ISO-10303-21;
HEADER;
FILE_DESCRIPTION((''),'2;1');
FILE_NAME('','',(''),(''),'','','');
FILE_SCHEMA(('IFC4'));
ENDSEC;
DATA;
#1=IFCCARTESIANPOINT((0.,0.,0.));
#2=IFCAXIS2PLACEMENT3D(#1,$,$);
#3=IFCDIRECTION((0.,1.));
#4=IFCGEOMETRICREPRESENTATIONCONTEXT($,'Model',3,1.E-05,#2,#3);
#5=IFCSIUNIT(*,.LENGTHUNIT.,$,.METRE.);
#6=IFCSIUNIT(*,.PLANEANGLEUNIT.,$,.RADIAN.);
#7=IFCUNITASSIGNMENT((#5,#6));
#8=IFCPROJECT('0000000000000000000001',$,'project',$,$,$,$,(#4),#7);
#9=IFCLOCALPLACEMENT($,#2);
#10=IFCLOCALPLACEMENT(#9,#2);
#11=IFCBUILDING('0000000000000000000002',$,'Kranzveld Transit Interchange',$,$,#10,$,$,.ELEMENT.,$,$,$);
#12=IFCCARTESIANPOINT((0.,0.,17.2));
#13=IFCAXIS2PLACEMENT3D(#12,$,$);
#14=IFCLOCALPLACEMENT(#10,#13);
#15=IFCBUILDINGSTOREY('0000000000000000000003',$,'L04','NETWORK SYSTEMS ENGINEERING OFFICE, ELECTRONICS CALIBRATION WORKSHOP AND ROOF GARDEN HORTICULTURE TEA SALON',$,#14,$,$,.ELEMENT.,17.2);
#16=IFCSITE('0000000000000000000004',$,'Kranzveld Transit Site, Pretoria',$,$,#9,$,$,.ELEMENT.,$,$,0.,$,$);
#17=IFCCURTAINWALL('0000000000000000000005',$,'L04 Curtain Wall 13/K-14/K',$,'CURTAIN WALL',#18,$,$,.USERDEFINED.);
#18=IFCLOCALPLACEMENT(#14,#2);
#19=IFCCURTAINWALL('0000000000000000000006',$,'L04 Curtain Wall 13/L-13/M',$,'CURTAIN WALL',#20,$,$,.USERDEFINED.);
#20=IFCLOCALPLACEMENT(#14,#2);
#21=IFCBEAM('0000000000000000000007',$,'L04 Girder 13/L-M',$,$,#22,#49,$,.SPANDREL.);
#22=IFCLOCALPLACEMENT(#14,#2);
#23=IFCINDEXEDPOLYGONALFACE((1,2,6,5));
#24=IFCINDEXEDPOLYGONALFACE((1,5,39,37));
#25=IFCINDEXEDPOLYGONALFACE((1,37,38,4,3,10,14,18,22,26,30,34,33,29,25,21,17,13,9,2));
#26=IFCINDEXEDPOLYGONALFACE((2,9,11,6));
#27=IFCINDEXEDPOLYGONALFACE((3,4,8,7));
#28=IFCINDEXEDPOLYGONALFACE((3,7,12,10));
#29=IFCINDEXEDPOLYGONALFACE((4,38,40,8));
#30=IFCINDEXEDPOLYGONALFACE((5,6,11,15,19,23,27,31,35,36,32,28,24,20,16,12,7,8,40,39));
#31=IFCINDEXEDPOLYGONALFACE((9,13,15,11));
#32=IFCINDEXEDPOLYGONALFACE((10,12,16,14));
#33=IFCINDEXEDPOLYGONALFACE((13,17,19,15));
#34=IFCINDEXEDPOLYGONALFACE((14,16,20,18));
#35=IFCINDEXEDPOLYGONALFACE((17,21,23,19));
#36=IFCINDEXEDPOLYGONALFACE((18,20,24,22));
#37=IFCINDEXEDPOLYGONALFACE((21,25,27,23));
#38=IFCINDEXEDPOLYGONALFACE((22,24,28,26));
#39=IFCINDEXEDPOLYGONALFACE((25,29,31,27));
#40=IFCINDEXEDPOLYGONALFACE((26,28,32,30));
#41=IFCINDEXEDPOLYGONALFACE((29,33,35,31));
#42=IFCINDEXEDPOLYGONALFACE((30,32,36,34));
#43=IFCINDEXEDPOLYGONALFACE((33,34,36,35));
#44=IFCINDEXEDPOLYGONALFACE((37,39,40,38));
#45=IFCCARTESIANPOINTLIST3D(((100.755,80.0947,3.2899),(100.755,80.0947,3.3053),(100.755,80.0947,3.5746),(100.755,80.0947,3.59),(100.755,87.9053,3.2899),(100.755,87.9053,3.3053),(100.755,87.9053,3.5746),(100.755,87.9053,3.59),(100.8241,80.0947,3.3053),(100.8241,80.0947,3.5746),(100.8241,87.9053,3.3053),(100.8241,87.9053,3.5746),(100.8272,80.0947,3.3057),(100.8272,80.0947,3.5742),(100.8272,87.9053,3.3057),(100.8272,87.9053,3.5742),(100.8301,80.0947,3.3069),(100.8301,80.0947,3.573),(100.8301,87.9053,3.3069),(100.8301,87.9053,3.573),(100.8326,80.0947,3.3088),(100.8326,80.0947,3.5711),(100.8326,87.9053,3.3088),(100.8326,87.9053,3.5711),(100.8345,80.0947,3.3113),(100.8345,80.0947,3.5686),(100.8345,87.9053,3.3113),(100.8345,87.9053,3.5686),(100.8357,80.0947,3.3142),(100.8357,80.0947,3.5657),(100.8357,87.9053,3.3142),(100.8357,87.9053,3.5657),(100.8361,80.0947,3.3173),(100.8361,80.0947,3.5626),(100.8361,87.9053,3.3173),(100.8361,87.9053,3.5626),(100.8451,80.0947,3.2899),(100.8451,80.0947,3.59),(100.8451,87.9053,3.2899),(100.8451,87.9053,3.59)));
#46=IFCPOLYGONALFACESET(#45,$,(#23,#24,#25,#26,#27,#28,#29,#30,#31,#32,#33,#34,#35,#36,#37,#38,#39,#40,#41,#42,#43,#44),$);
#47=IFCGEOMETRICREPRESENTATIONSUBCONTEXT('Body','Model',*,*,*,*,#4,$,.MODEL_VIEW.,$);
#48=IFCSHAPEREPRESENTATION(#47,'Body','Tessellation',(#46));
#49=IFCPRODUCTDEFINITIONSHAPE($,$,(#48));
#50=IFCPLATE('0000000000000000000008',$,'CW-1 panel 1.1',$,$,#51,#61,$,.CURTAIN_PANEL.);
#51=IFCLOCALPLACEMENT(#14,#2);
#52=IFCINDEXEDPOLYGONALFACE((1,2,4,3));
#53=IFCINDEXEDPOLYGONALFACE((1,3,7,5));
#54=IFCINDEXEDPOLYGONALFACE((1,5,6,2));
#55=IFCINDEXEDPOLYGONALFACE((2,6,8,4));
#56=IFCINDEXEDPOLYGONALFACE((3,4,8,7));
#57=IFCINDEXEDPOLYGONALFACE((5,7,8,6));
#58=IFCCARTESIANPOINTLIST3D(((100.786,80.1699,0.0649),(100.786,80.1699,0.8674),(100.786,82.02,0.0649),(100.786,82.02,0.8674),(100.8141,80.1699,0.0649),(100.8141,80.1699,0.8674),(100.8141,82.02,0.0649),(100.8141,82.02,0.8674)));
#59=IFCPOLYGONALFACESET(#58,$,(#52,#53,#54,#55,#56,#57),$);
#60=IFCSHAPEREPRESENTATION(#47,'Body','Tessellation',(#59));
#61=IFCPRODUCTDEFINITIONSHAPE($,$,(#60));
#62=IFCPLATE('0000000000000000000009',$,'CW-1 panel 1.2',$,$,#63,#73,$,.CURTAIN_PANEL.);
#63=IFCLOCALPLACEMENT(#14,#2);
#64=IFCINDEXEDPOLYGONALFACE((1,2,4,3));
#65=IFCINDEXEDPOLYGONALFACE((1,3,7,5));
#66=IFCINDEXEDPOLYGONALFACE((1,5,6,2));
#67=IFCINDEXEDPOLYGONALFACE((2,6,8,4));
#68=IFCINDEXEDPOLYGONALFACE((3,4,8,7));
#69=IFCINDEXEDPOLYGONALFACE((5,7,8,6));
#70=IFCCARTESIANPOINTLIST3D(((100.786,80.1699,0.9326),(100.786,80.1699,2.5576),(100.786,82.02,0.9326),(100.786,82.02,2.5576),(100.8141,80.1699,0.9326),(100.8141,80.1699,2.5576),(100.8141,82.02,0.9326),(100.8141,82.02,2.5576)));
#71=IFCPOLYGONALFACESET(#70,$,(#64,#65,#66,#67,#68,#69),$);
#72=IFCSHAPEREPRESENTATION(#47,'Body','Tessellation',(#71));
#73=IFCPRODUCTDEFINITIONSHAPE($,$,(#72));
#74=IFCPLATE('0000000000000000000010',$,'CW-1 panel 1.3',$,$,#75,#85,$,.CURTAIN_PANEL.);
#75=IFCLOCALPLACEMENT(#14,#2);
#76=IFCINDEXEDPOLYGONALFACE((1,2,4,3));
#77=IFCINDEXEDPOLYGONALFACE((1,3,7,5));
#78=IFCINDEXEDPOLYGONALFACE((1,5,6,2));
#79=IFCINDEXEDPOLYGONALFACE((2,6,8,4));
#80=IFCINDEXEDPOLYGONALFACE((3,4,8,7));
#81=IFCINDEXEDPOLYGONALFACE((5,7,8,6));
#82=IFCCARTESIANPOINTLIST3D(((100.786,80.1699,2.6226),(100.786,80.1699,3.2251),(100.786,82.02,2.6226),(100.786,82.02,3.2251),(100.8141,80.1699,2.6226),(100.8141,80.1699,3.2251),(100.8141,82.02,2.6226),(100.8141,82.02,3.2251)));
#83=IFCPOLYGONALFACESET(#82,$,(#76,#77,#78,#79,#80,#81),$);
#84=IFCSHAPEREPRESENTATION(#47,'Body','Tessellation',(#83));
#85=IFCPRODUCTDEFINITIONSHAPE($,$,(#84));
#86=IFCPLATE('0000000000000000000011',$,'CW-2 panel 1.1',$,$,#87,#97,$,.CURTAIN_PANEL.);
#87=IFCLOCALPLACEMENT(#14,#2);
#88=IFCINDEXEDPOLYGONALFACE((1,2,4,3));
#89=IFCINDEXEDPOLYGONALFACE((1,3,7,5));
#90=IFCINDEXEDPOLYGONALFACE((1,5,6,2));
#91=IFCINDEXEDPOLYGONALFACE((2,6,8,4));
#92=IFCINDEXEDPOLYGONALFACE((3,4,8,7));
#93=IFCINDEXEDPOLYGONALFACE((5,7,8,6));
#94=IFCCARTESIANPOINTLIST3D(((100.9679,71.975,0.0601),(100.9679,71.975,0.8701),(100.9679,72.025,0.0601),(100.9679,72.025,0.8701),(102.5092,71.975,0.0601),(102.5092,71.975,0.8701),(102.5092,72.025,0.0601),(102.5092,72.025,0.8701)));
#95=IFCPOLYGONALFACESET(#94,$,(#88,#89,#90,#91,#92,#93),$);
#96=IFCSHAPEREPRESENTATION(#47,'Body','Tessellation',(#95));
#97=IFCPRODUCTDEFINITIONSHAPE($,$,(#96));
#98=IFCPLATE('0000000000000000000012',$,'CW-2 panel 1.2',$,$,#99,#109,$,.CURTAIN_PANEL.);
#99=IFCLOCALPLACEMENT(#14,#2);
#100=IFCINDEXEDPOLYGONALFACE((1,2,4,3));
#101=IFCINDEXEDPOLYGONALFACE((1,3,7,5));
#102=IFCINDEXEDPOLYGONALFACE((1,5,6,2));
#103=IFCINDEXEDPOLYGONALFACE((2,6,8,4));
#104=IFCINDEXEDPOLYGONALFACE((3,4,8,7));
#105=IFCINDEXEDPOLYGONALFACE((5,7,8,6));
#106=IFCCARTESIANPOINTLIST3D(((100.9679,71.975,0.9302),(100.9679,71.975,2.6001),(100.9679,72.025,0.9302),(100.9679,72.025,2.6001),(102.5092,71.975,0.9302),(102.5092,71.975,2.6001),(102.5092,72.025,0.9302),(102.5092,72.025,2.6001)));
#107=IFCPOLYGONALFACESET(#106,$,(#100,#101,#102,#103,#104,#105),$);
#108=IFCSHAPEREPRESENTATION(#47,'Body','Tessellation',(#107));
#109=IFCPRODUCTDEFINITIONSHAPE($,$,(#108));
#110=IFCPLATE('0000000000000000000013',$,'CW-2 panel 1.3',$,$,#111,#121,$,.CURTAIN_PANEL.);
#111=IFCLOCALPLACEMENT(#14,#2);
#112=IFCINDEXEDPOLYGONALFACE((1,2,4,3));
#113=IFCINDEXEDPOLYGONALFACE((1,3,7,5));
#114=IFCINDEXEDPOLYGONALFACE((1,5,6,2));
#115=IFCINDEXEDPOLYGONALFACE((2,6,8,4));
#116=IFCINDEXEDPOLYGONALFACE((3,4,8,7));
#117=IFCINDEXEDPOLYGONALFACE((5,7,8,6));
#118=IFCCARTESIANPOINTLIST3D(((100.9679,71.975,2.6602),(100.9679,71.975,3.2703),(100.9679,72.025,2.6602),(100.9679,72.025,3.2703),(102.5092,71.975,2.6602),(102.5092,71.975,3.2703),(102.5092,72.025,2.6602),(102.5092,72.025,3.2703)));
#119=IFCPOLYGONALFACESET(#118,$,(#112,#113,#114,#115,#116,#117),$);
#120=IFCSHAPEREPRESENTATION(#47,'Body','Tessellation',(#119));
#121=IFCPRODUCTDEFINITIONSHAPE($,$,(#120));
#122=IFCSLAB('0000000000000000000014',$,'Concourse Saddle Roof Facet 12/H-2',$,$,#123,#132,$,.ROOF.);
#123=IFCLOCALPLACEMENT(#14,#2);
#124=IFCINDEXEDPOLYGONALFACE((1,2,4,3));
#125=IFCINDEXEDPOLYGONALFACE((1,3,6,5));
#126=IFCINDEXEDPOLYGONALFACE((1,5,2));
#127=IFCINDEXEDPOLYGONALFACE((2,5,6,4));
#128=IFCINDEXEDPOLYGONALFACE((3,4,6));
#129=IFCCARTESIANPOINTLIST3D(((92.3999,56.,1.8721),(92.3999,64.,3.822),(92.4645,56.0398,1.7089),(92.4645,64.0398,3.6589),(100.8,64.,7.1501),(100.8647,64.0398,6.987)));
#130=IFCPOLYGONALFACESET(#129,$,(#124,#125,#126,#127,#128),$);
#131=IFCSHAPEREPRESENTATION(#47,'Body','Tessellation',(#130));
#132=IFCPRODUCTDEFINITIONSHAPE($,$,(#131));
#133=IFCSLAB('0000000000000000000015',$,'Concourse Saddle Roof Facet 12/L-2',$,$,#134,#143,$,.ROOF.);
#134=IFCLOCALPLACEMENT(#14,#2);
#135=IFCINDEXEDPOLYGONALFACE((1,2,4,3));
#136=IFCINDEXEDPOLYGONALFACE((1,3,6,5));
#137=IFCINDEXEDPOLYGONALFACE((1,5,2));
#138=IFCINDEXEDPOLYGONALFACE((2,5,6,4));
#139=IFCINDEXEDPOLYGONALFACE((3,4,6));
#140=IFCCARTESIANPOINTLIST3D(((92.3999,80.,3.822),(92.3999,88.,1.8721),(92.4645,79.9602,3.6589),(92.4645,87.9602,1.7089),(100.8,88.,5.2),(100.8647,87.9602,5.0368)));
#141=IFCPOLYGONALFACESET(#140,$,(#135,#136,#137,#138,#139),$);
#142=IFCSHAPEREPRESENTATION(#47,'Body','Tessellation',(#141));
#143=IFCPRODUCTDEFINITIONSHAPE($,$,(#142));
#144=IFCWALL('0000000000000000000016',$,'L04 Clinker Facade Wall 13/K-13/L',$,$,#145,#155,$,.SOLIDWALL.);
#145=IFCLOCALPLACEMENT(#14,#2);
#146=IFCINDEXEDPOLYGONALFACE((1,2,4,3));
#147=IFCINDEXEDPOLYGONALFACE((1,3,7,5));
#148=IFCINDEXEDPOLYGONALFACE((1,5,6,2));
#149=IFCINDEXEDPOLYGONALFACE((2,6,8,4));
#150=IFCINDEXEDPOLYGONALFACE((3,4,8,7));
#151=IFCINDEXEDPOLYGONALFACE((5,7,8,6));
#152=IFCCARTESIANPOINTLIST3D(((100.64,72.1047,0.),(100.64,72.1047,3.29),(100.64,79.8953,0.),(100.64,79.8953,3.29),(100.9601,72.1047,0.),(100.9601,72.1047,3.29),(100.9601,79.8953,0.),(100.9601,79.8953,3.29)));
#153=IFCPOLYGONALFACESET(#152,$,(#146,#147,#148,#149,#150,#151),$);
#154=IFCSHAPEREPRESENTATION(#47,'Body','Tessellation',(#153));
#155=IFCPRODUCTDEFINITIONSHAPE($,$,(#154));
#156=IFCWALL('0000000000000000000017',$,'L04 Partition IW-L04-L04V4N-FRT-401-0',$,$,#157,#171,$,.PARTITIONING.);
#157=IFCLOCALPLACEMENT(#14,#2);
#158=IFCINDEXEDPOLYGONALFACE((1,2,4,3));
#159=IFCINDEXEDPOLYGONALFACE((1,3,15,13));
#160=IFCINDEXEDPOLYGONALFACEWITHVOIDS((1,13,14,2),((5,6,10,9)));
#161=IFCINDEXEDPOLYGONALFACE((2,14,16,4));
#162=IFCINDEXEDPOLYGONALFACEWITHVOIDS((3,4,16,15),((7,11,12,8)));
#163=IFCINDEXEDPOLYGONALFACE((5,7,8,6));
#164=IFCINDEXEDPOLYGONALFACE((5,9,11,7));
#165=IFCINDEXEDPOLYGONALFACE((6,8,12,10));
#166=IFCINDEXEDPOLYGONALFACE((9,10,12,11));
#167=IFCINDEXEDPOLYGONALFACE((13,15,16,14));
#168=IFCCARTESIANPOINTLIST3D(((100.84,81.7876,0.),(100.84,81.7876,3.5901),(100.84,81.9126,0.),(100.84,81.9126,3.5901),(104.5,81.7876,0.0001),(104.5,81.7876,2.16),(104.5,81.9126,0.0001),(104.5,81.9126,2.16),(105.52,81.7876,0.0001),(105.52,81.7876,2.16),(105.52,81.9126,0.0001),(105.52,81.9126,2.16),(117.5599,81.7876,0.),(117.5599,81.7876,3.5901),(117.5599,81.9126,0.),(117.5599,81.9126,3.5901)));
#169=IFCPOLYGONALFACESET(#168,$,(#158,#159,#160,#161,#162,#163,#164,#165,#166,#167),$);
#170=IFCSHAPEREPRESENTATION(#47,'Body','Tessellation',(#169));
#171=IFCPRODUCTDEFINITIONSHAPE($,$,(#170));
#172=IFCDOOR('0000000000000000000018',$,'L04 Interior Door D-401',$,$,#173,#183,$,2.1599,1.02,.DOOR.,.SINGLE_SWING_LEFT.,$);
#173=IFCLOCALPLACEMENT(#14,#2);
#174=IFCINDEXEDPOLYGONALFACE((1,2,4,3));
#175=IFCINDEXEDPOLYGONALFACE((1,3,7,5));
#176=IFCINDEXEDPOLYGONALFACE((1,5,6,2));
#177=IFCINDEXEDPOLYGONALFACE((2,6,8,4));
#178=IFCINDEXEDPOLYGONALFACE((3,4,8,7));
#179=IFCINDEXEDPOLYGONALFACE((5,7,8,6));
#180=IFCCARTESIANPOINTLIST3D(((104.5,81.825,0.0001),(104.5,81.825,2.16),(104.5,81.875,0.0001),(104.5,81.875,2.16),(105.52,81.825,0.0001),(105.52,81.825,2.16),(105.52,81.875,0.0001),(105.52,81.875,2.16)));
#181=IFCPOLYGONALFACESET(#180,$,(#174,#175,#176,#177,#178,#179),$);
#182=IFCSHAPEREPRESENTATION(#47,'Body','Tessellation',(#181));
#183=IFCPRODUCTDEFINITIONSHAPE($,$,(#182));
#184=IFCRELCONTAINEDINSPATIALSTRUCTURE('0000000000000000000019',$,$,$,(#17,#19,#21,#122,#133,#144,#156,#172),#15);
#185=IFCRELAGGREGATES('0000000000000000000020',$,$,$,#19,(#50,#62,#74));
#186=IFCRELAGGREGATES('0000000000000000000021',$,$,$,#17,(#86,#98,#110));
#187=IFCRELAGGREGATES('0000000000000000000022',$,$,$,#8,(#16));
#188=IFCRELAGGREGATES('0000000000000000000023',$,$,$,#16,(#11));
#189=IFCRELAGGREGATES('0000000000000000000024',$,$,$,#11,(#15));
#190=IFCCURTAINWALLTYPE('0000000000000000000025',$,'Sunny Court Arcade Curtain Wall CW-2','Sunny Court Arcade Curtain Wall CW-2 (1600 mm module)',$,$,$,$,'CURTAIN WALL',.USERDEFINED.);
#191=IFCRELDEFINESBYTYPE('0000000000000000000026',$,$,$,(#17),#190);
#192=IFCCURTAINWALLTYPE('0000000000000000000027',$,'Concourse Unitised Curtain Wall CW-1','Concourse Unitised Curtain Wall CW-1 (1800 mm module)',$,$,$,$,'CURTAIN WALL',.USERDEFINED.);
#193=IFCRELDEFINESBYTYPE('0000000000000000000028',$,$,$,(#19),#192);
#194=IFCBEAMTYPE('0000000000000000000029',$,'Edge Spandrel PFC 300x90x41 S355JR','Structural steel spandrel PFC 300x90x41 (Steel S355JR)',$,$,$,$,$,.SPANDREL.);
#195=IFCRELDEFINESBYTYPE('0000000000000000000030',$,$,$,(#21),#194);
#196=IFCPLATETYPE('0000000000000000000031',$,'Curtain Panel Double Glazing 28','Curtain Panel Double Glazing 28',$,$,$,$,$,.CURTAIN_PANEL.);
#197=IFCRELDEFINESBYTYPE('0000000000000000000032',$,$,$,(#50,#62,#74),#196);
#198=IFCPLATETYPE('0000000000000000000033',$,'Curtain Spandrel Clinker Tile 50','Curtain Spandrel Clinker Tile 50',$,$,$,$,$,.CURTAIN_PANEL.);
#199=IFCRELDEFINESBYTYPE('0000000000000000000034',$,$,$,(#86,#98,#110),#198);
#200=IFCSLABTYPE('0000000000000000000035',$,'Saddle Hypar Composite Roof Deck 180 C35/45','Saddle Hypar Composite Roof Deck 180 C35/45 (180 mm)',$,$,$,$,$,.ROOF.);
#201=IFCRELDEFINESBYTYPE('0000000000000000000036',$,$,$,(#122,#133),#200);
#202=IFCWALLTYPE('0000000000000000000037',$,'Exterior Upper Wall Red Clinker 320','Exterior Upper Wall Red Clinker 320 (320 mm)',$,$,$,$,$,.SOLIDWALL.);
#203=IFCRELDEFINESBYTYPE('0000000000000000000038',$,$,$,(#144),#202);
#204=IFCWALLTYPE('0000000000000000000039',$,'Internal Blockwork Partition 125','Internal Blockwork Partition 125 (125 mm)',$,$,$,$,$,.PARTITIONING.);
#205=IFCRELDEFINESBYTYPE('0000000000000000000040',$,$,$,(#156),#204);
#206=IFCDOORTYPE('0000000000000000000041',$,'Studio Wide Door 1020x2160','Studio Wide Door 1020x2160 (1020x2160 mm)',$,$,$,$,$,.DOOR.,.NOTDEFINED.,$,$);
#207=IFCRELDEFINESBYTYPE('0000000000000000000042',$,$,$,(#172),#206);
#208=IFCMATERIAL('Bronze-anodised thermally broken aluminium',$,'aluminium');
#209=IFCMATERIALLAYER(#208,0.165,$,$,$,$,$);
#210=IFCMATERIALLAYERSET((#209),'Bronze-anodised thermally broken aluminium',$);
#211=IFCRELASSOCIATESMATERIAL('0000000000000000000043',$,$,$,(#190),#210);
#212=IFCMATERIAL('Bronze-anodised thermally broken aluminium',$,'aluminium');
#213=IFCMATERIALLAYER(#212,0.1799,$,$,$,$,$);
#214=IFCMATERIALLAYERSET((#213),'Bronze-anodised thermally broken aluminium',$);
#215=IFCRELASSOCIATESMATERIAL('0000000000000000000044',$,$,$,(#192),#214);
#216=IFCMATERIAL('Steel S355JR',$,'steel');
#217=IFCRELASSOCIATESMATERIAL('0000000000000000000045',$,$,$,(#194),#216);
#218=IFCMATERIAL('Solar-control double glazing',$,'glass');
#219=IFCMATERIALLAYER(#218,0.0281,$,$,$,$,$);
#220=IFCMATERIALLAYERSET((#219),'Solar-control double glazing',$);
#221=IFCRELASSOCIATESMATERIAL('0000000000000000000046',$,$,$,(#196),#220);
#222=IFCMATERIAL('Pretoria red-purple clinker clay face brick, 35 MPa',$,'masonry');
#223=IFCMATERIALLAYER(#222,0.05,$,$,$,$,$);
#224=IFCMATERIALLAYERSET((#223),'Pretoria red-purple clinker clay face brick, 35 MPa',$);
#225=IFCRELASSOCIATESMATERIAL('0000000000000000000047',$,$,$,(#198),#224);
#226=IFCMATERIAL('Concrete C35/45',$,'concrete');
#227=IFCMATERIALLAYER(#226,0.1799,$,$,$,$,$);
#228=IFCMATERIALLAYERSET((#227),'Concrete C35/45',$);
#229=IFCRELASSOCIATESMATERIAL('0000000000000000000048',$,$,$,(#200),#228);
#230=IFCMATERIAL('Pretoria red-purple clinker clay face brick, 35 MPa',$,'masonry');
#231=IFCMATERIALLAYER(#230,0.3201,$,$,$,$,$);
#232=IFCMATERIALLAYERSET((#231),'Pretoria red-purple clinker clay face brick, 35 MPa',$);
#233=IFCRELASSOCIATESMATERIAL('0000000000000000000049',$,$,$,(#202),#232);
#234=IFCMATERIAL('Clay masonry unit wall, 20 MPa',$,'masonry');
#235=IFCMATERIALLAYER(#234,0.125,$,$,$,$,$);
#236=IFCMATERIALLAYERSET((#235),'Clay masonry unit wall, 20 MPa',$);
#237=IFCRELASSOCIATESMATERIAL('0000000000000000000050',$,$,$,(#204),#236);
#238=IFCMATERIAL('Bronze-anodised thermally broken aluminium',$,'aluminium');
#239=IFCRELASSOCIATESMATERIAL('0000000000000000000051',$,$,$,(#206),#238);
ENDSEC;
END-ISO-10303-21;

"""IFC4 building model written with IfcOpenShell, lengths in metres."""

from ifc_helpers import new_model, si_unit, direction, frame, frame_2d, origin, origin_2d, place, context, subcontext, project, spatial, polyline, rectangle, u_section, outline, extrude, material, layer, layer_set, material_profile, profile_set, type_object, element, fill, aggregate, save


model = new_model("IFC4")

# Units and contexts
model_context = context("Model", 3, precision=1e-05, world=origin(), true_north=direction((0.0, 1.0)))
body_context = subcontext(model_context, "Body", "Model", "MODEL_VIEW")
ifc_project = project(units=[si_unit("LENGTHUNIT", "METRE"), si_unit("PLANEANGLEUNIT", "RADIAN")], contexts=[model_context])

# Site, building, storey
site_placement = place(None, origin())
site = spatial("IfcSite", under=ifc_project, at=site_placement, Name="Kranzveld Transit Site, Pretoria", CompositionType="ELEMENT", RefElevation=0.0)
building_placement = place(site_placement, origin())
building = spatial("IfcBuilding", under=site, at=building_placement, Name="Kranzveld Transit Interchange", CompositionType="ELEMENT")
storey_placement = place(building_placement, frame((0.0, 0.0, 17.2)))
storey = spatial("IfcBuildingStorey", under=building, at=storey_placement, Name="L04", Description="NETWORK SYSTEMS ENGINEERING OFFICE, ELECTRONICS CALIBRATION WORKSHOP AND ROOF GARDEN HORTICULTURE TEA SALON", CompositionType="ELEMENT", Elevation=17.2)

# Curtain wall
ifc_material_1 = material(Name="Bronze-anodised thermally broken aluminium", Category="aluminium")
ifc_layer_1 = layer(ifc_material_1, 0.165)
ifc_layer_set_1 = layer_set([ifc_layer_1], Name="Bronze-anodised thermally broken aluminium")
curtain_wall_type_1 = type_object("IfcCurtainWallType", Name="Sunny Court Arcade Curtain Wall CW-2", Description="Sunny Court Arcade Curtain Wall CW-2 (1600 mm module)", ElementType="CURTAIN WALL", PredefinedType="USERDEFINED", material=ifc_layer_set_1)
curtain_wall_1_placement = place(storey_placement, origin())
curtain_wall_1 = element("IfcCurtainWall", 1, at=curtain_wall_1_placement, inside=storey, type_object=curtain_wall_type_1, Name="L04 Curtain Wall 13/K-14/K", ObjectType="CURTAIN WALL", PredefinedType="USERDEFINED")

# Curtain wall
ifc_material_2 = material(Name="Bronze-anodised thermally broken aluminium", Category="aluminium")
ifc_layer_2 = layer(ifc_material_2, 0.1799)
ifc_layer_set_2 = layer_set([ifc_layer_2], Name="Bronze-anodised thermally broken aluminium")
curtain_wall_type_2 = type_object("IfcCurtainWallType", Name="Concourse Unitised Curtain Wall CW-1", Description="Concourse Unitised Curtain Wall CW-1 (1800 mm module)", ElementType="CURTAIN WALL", PredefinedType="USERDEFINED", material=ifc_layer_set_2)
curtain_wall_2_placement = place(storey_placement, origin())
curtain_wall_2 = element("IfcCurtainWall", 2, at=curtain_wall_2_placement, inside=storey, type_object=curtain_wall_type_2, Name="L04 Curtain Wall 13/L-13/M", ObjectType="CURTAIN WALL", PredefinedType="USERDEFINED")

# Beam
ifc_material_3 = material(Name="Steel S355JR", Category="steel")
ifc_material_profile_1 = material_profile(ifc_material_3, u_section(Depth=0.3, FlangeWidth=0.0901, WebThickness=0.009, FlangeThickness=0.0154, FilletRadius=0.012, at=origin_2d()), Name="PFC 300x90x41")
ifc_profile_set_1 = profile_set([ifc_material_profile_1], Name="Steel S355JR")
beam_type_1 = type_object("IfcBeamType", Name="Edge Spandrel PFC 300x90x41 S355JR", Description="Structural steel spandrel PFC 300x90x41 (Steel S355JR)", PredefinedType="SPANDREL", material=ifc_profile_set_1)
for number, where, z_axis, x_axis, name in (
    (3, (100.8, 80.0947, 3.4399), (0.0, 1.0, 0.0), (-1.0, 0.0, 0.0), "L04 Girder 13/L-M"),
):
    element("IfcBeam", number, at=place(storey_placement, frame(where, z_axis=z_axis, x_axis=x_axis)), inside=storey, type_object=beam_type_1, Name=name, PredefinedType="SPANDREL", context=body_context, shape_type="SweptSolid", body=[
        extrude(u_section(Depth=0.3, FlangeWidth=0.0901, WebThickness=0.009, FlangeThickness=0.0154, FilletRadius=0.012, at=origin_2d()), origin(), (0.0, 0.0, 1.0), 7.8105),
    ])

# Plates
ifc_material_4 = material(Name="Solar-control double glazing", Category="glass")
ifc_layer_3 = layer(ifc_material_4, 0.0281)
ifc_layer_set_3 = layer_set([ifc_layer_3], Name="Solar-control double glazing")
plate_type_1 = type_object("IfcPlateType", Name="Curtain Panel Double Glazing 28", Description="Curtain Panel Double Glazing 28", PredefinedType="CURTAIN_PANEL", material=ifc_layer_set_3)
plate_1_placement = place(storey_placement, frame((100.8, 81.095, 0.0649), z_axis=(0.0, 0.0, 1.0), x_axis=(0.0, 1.0, 0.0)))
plate_1 = element("IfcPlate", 4, at=plate_1_placement, type_object=plate_type_1, Name="CW-1 panel 1.1", PredefinedType="CURTAIN_PANEL", context=body_context, shape_type="SweptSolid", body=[
    extrude(rectangle(XDim=1.8501, YDim=0.0281, at=origin_2d()), origin(), (0.0, 0.0, 1.0), 0.8025),
])
plate_2_placement = place(storey_placement, frame((100.8, 81.095, 0.9326), z_axis=(0.0, 0.0, 1.0), x_axis=(0.0, 1.0, 0.0)))
plate_2 = element("IfcPlate", 5, at=plate_2_placement, type_object=plate_type_1, Name="CW-1 panel 1.2", PredefinedType="CURTAIN_PANEL", context=body_context, shape_type="SweptSolid", body=[
    extrude(rectangle(XDim=1.8501, YDim=0.0281, at=origin_2d()), origin(), (0.0, 0.0, 1.0), 1.625),
])
plate_3_placement = place(storey_placement, frame((100.8, 81.095, 2.6226), z_axis=(0.0, 0.0, 1.0), x_axis=(0.0, 1.0, 0.0)))
plate_3 = element("IfcPlate", 6, at=plate_3_placement, type_object=plate_type_1, Name="CW-1 panel 1.3", PredefinedType="CURTAIN_PANEL", context=body_context, shape_type="SweptSolid", body=[
    extrude(rectangle(XDim=1.8501, YDim=0.0281, at=origin_2d()), origin(), (0.0, 0.0, 1.0), 0.6025),
])
aggregate(curtain_wall_2, [plate_1, plate_2, plate_3])
ifc_material_5 = material(Name="Pretoria red-purple clinker clay face brick, 35 MPa", Category="masonry")
ifc_layer_4 = layer(ifc_material_5, 0.05)
ifc_layer_set_4 = layer_set([ifc_layer_4], Name="Pretoria red-purple clinker clay face brick, 35 MPa")
plate_type_2 = type_object("IfcPlateType", Name="Curtain Spandrel Clinker Tile 50", Description="Curtain Spandrel Clinker Tile 50", PredefinedType="CURTAIN_PANEL", material=ifc_layer_set_4)
plate_4_placement = place(storey_placement, frame((101.7385, 72.0, 0.0601), z_axis=(0.0, 0.0, 1.0), x_axis=(1.0, 0.0, 0.0)))
plate_4 = element("IfcPlate", 7, at=plate_4_placement, type_object=plate_type_2, Name="CW-2 panel 1.1", PredefinedType="CURTAIN_PANEL", context=body_context, shape_type="SweptSolid", body=[
    extrude(rectangle(XDim=1.5413, YDim=0.05, at=origin_2d()), origin(), (0.0, 0.0, 1.0), 0.8101),
])
plate_5_placement = place(storey_placement, frame((101.7385, 72.0, 0.9302), z_axis=(0.0, 0.0, 1.0), x_axis=(1.0, 0.0, 0.0)))
plate_5 = element("IfcPlate", 8, at=plate_5_placement, type_object=plate_type_2, Name="CW-2 panel 1.2", PredefinedType="CURTAIN_PANEL", context=body_context, shape_type="SweptSolid", body=[
    extrude(rectangle(XDim=1.5413, YDim=0.05, at=origin_2d()), origin(), (0.0, 0.0, 1.0), 1.6699),
])
plate_6_placement = place(storey_placement, frame((101.7385, 72.0, 2.6602), z_axis=(0.0, 0.0, 1.0), x_axis=(1.0, 0.0, 0.0)))
plate_6 = element("IfcPlate", 9, at=plate_6_placement, type_object=plate_type_2, Name="CW-2 panel 1.3", PredefinedType="CURTAIN_PANEL", context=body_context, shape_type="SweptSolid", body=[
    extrude(rectangle(XDim=1.5413, YDim=0.05, at=origin_2d()), origin(), (0.0, 0.0, 1.0), 0.6101),
])
aggregate(curtain_wall_1, [plate_4, plate_5, plate_6])

# Slabs
ifc_material_6 = material(Name="Concrete C35/45", Category="concrete")
ifc_layer_5 = layer(ifc_material_6, 0.1799)
ifc_layer_set_5 = layer_set([ifc_layer_5], Name="Concrete C35/45")
slab_type = type_object("IfcSlabType", Name="Saddle Hypar Composite Roof Deck 180 C35/45", Description="Saddle Hypar Composite Roof Deck 180 C35/45 (180 mm)", PredefinedType="ROOF", material=ifc_layer_set_5)
slab_1_placement = place(storey_placement, frame((92.3999, 56.0, 1.8721), z_axis=(-0.359234, -0.221003, 0.906702), x_axis=(0.659123, 0.627725, 0.414148)))
element("IfcSlab", 10, at=slab_1_placement, inside=storey, type_object=slab_type, Name="Concourse Saddle Roof Facet 12/H-2", PredefinedType="ROOF", context=body_context, shape_type="SweptSolid", body=[
    extrude(outline(polyline([(0.0, 0.0), (12.7444, 0.0), (5.8294, 5.8156), (0.0, 0.0)])), origin(), (0.0, 0.0, -1.0), 0.1799),
])
slab_2_placement = place(storey_placement, frame((92.3999, 80.0, 3.822), z_axis=(-0.359211, 0.221005, 0.906711), x_axis=(0.719089, 0.684834, 0.117957)))
element("IfcSlab", 11, at=slab_2_placement, inside=storey, type_object=slab_type, Name="Concourse Saddle Roof Facet 12/L-2", PredefinedType="ROOF", context=body_context, shape_type="SweptSolid", body=[
    extrude(outline(polyline([(0.0, 0.0), (11.6817, 0.0), (5.2487, 6.3446), (0.0, 0.0)])), origin(), (0.0, 0.0, -1.0), 0.1799),
])

# Wall
ifc_material_7 = material(Name="Pretoria red-purple clinker clay face brick, 35 MPa", Category="masonry")
ifc_layer_6 = layer(ifc_material_7, 0.3201)
ifc_layer_set_6 = layer_set([ifc_layer_6], Name="Pretoria red-purple clinker clay face brick, 35 MPa")
wall_type_1 = type_object("IfcWallType", Name="Exterior Upper Wall Red Clinker 320", Description="Exterior Upper Wall Red Clinker 320 (320 mm)", PredefinedType="SOLIDWALL", material=ifc_layer_set_6)
wall_1_placement = place(storey_placement, frame((100.8, 72.1047, 0.0), z_axis=(0.0, 0.0, 1.0), x_axis=(0.0, 1.0, 0.0)))
element("IfcWall", 12, at=wall_1_placement, inside=storey, type_object=wall_type_1, Name="L04 Clinker Facade Wall 13/K-13/L", PredefinedType="SOLIDWALL", context=body_context, shape_type="SweptSolid", body=[
    extrude(rectangle(XDim=7.7905, YDim=0.3201, at=frame_2d((3.8953, 0.0))), origin(), (0.0, 0.0, 1.0), 3.29),
])

# Wall, opening, door
ifc_material_8 = material(Name="Clay masonry unit wall, 20 MPa", Category="masonry")
ifc_layer_7 = layer(ifc_material_8, 0.125)
ifc_layer_set_7 = layer_set([ifc_layer_7], Name="Clay masonry unit wall, 20 MPa")
wall_type_2 = type_object("IfcWallType", Name="Internal Blockwork Partition 125", Description="Internal Blockwork Partition 125 (125 mm)", PredefinedType="PARTITIONING", material=ifc_layer_set_7)
wall_2_placement = place(storey_placement, frame((100.8401, 81.8501, 0.0), z_axis=(0.0, 0.0, 1.0), x_axis=(1.0, 0.0, 0.0)))
wall_2 = element("IfcWall", 13, at=wall_2_placement, inside=storey, type_object=wall_type_2, Name="L04 Partition IW-L04-L04V4N-FRT-401-0", PredefinedType="PARTITIONING", context=body_context, shape_type="SweptSolid", body=[
    extrude(rectangle(XDim=16.72, YDim=0.125, at=frame_2d((8.3599, 0.0))), origin(), (0.0, 0.0, 1.0), 3.5901),
])
opening_placement = place(wall_2_placement, frame((3.6599, 0.0, 0.0), z_axis=(0.0, 0.0, 1.0), x_axis=(1.0, 0.0, 0.0)))
opening = element("IfcOpeningElement", 14, at=opening_placement, cuts=wall_2, PredefinedType="OPENING", context=body_context, shape_type="SweptSolid", body=[
    extrude(rectangle(XDim=1.02, YDim=2.1599, at=frame_2d((0.51, 1.0801))), frame((0.0, 0.0725, 0.0), z_axis=(0.0, -1.0, 0.0), x_axis=(1.0, 0.0, 0.0)), (0.0, 0.0, 1.0), 0.145),
])
ifc_material_9 = material(Name="Bronze-anodised thermally broken aluminium", Category="aluminium")
door_type = type_object("IfcDoorType", Name="Studio Wide Door 1020x2160", Description="Studio Wide Door 1020x2160 (1020x2160 mm)", OperationType="NOTDEFINED", PredefinedType="DOOR", material=ifc_material_9)
door_placement = place(opening_placement, origin())
door = element("IfcDoor", 15, at=door_placement, inside=storey, type_object=door_type, Name="L04 Interior Door D-401", OperationType="SINGLE_SWING_LEFT", OverallHeight=2.1599, OverallWidth=1.02, PredefinedType="DOOR", context=body_context, shape_type="SweptSolid", body=[
    extrude(rectangle(XDim=1.02, YDim=2.1599, at=frame_2d((0.51, 1.0801))), frame((0.0, 0.0249, 0.0), z_axis=(0.0, -1.0, 0.0), x_axis=(1.0, 0.0, 0.0)), (0.0, 0.0, 1.0), 0.05),
])
fill(opening, door)

save(model, "model.ifc")
